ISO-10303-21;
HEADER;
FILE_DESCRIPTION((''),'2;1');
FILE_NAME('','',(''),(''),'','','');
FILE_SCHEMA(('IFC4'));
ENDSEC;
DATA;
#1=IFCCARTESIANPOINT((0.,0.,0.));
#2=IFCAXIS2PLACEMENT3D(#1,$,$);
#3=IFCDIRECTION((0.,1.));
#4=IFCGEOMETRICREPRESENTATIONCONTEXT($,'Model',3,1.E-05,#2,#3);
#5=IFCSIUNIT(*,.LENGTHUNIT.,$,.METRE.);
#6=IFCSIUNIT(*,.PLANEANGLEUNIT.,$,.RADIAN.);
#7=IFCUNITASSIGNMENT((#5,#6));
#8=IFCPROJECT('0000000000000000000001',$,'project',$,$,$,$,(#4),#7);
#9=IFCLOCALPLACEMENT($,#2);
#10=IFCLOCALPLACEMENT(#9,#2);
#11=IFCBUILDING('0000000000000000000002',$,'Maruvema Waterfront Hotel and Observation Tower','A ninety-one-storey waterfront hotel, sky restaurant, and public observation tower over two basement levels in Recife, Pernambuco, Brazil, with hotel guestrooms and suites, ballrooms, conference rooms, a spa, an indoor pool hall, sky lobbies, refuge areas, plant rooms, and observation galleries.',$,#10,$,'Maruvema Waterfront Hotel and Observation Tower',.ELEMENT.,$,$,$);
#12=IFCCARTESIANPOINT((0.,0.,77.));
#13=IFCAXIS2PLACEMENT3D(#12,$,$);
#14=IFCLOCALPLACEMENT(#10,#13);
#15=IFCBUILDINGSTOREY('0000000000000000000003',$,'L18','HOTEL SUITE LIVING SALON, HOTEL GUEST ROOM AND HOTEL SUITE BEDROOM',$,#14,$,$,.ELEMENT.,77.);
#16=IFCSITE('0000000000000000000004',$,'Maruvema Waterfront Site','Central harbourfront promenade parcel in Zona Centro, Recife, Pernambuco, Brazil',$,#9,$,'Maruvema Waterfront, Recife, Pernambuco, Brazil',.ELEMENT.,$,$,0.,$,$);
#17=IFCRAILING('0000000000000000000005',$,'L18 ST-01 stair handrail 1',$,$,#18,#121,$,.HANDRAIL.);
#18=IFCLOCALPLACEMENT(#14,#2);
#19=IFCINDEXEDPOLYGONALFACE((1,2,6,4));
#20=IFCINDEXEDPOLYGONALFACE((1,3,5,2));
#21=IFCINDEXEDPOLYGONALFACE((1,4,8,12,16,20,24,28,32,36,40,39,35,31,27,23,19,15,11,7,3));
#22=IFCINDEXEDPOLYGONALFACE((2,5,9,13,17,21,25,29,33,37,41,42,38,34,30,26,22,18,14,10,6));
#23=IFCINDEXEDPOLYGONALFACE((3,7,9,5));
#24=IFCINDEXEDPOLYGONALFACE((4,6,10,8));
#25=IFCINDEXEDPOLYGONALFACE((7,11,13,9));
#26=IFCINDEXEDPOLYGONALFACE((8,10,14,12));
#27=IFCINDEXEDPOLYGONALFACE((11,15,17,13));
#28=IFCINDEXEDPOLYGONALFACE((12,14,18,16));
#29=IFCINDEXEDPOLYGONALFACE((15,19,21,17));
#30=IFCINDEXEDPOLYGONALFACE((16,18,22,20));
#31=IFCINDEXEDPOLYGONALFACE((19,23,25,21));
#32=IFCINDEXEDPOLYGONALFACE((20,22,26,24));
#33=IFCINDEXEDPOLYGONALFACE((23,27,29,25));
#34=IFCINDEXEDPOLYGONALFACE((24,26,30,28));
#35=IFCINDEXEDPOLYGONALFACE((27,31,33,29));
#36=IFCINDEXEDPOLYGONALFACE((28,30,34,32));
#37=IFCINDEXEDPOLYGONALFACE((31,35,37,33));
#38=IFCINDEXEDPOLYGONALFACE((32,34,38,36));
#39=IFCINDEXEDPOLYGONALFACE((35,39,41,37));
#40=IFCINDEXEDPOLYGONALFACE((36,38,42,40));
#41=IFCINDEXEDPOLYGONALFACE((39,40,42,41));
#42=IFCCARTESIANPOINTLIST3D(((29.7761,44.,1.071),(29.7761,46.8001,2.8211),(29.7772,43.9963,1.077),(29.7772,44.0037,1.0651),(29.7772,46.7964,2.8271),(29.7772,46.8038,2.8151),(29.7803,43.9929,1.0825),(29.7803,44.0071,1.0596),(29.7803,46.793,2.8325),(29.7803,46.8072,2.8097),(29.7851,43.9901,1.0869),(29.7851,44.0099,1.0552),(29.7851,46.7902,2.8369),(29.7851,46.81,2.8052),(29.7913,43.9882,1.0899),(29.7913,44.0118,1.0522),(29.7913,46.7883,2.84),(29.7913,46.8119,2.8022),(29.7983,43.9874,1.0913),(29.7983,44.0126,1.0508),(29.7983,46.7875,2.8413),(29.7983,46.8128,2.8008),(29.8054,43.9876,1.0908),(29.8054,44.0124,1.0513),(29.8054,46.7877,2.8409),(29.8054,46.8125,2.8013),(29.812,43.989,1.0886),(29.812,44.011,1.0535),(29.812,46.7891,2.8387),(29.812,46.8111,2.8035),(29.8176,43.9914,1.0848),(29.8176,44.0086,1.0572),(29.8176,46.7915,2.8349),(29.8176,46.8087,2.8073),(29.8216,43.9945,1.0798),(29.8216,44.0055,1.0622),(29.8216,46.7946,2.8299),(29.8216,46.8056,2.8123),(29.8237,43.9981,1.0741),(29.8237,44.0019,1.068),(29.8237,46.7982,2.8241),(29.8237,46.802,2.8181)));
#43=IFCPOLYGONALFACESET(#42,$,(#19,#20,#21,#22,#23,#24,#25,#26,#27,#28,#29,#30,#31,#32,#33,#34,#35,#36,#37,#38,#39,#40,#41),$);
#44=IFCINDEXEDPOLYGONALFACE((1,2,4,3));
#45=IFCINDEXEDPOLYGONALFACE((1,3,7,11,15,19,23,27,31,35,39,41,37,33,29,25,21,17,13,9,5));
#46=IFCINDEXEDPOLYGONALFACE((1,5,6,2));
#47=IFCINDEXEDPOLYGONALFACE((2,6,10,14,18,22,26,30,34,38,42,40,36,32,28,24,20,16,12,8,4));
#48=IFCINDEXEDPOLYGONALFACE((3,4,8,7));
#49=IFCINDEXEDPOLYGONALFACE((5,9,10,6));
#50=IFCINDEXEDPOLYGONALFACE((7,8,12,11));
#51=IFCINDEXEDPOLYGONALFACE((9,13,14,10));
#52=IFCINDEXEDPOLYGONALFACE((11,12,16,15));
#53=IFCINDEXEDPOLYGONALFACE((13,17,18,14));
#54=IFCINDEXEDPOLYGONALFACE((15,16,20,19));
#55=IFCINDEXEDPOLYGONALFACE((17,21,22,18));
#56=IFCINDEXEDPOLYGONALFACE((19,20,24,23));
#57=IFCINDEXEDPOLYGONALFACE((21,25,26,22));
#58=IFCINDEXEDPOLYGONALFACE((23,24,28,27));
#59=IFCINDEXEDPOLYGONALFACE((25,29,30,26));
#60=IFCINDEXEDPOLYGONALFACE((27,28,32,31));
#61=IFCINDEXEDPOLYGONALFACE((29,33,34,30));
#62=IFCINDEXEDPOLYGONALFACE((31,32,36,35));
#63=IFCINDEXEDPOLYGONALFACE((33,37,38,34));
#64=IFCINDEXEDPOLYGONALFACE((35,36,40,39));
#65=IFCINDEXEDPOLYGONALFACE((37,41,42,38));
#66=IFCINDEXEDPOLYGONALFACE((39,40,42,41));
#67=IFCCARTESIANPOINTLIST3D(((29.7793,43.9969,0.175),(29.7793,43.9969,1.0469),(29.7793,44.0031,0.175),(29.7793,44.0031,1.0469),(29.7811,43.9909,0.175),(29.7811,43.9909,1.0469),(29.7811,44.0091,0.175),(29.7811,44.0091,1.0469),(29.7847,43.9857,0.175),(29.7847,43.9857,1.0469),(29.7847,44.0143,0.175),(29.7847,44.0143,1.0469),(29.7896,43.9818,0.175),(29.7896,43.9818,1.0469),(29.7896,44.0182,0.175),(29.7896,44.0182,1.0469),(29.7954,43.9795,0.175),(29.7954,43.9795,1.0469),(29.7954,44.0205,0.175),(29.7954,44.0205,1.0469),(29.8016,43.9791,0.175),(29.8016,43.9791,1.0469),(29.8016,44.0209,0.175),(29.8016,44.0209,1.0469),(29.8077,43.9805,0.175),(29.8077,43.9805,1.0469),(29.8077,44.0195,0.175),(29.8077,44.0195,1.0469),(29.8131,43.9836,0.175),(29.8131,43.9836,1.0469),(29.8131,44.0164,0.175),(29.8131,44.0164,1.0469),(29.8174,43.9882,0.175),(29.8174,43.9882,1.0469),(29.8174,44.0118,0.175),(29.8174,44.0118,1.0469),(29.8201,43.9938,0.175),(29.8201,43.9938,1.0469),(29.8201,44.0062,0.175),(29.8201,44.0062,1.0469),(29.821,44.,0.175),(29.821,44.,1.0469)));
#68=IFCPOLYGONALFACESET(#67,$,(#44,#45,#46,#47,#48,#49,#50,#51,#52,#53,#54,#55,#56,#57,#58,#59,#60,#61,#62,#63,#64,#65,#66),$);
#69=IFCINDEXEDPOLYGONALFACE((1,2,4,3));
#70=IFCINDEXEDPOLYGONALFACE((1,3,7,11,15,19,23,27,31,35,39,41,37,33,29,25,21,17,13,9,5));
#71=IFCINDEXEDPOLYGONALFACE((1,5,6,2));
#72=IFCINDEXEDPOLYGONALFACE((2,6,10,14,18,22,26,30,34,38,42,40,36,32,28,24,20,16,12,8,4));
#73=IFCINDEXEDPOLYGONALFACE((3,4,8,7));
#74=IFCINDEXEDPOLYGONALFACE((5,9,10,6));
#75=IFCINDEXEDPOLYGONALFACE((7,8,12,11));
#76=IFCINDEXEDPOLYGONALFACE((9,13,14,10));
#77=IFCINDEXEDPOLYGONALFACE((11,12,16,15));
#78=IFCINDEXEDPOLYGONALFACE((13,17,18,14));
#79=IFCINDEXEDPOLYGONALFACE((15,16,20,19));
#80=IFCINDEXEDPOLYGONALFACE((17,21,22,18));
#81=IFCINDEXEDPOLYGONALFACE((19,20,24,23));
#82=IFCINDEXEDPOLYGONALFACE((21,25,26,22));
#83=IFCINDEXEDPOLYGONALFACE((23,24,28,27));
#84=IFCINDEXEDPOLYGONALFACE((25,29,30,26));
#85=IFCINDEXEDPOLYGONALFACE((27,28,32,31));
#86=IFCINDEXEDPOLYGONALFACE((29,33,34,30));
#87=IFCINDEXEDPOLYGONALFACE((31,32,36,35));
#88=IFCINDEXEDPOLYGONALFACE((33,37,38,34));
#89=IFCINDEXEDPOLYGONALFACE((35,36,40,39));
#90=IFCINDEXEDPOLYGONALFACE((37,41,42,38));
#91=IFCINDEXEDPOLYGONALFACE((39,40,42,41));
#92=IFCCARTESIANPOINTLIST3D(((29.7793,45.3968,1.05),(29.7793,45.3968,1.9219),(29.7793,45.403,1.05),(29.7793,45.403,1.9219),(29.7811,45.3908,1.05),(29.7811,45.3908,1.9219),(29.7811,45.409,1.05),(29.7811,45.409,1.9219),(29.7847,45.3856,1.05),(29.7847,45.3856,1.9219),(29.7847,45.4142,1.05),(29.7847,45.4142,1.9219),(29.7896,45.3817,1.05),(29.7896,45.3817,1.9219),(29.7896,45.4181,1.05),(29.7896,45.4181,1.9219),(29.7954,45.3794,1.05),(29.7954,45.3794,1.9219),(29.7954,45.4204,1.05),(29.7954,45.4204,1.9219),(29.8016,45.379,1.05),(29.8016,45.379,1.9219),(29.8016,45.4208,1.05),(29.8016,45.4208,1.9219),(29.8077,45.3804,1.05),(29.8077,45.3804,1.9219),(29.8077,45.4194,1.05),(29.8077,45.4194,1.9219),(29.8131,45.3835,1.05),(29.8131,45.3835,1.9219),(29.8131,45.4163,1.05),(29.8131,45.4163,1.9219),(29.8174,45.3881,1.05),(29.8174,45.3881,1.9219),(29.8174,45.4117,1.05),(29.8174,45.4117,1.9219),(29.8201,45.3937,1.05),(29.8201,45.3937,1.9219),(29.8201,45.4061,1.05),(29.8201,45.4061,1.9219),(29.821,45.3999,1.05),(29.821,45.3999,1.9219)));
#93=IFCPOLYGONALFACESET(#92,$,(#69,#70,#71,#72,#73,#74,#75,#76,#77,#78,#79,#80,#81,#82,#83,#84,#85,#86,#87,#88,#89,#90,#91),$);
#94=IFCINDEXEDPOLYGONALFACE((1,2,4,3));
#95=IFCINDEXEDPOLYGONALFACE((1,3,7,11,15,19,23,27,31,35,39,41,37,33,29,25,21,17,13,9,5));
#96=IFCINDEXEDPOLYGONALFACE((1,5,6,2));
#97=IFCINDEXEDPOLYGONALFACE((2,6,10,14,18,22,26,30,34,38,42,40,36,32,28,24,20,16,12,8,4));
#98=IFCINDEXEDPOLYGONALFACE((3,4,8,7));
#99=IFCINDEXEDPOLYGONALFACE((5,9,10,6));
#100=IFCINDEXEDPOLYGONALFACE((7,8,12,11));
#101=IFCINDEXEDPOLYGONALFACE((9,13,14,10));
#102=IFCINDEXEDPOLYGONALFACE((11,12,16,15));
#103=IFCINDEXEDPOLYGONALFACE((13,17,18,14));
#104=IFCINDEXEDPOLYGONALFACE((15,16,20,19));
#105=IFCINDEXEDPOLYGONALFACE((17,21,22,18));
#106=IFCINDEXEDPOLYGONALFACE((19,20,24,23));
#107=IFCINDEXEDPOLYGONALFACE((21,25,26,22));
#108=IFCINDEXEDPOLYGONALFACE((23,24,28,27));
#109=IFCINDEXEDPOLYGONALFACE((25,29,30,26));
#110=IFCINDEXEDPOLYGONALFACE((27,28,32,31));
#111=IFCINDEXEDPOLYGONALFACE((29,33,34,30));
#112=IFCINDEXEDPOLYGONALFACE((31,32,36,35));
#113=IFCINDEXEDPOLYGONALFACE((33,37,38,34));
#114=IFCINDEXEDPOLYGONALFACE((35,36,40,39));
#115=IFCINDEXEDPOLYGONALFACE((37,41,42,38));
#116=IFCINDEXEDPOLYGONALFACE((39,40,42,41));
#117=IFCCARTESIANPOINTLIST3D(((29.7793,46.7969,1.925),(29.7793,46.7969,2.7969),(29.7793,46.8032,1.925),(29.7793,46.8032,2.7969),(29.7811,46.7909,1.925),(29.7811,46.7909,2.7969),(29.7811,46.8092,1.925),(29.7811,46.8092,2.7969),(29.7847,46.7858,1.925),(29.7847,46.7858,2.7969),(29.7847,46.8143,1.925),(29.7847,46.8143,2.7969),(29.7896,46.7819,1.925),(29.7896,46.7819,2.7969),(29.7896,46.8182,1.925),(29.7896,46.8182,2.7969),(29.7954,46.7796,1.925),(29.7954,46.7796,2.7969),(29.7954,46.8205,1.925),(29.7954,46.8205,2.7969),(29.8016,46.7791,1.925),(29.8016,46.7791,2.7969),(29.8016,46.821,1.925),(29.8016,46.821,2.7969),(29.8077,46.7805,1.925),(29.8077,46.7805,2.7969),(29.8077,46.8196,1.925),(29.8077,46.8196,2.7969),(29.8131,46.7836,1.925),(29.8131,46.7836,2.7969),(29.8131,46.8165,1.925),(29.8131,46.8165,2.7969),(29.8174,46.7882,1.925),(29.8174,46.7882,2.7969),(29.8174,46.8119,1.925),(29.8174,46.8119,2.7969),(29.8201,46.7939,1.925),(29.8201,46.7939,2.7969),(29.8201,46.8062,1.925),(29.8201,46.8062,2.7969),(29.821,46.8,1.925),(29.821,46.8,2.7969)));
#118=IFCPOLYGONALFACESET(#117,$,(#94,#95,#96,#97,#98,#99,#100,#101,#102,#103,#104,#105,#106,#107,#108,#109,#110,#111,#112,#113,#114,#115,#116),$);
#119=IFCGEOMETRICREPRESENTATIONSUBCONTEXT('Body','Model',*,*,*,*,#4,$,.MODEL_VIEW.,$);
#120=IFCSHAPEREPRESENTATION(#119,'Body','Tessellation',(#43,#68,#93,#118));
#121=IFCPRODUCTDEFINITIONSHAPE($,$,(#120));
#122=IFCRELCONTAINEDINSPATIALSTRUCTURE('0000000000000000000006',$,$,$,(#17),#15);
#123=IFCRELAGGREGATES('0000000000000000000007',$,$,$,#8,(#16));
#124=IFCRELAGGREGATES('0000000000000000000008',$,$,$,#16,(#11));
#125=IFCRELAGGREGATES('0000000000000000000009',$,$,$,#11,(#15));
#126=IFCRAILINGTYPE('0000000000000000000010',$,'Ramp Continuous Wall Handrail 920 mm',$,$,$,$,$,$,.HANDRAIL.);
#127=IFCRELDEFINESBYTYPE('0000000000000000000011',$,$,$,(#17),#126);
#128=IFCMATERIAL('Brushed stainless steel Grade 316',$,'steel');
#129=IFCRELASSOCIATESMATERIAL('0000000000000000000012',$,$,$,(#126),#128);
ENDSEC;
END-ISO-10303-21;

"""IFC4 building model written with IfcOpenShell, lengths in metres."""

from ifc_helpers import new_model, si_unit, direction, frame, origin, origin_2d, place, context, subcontext, project, spatial, circle, extrude, material, type_object, element, save


model = new_model("IFC4")

# Units and contexts
model_context = context("Model", 3, precision=1e-05, world=origin(), true_north=direction((0.0, 1.0)))
body_context = subcontext(model_context, "Body", "Model", "MODEL_VIEW")
ifc_project = project(units=[si_unit("LENGTHUNIT", "METRE"), si_unit("PLANEANGLEUNIT", "RADIAN")], contexts=[model_context])

# Site, building, storey
site_placement = place(None, origin())
site = spatial("IfcSite", under=ifc_project, at=site_placement, Name="Maruvema Waterfront Site", Description="Central harbourfront promenade parcel in Zona Centro, Recife, Pernambuco, Brazil", LongName="Maruvema Waterfront, Recife, Pernambuco, Brazil", CompositionType="ELEMENT", RefElevation=0.0)
building_placement = place(site_placement, origin())
building = spatial("IfcBuilding", under=site, at=building_placement, Name="Maruvema Waterfront Hotel and Observation Tower", Description="A ninety-one-storey waterfront hotel, sky restaurant, and public observation tower over two basement levels in Recife, Pernambuco, Brazil, with hotel guestrooms and suites, ballrooms, conference rooms, a spa, an indoor pool hall, sky lobbies, refuge areas, plant rooms, and observation galleries.", LongName="Maruvema Waterfront Hotel and Observation Tower", CompositionType="ELEMENT")
storey_placement = place(building_placement, frame((0.0, 0.0, 77.0)))
storey = spatial("IfcBuildingStorey", under=building, at=storey_placement, Name="L18", Description="HOTEL SUITE LIVING SALON, HOTEL GUEST ROOM AND HOTEL SUITE BEDROOM", CompositionType="ELEMENT", Elevation=77.0)

# Railing
ifc_material_1 = material(Name="Brushed stainless steel Grade 316", Category="steel")
railing_type_1 = type_object("IfcRailingType", Name="Ramp Continuous Wall Handrail 920 mm", PredefinedType="HANDRAIL", material=ifc_material_1)
railing_1_placement = place(storey_placement, frame((29.8, 44.0, 0.175)))
element("IfcRailing", 1, at=railing_1_placement, inside=storey, type_object=railing_type_1, Name="L18 ST-01 stair handrail 1", PredefinedType="HANDRAIL", context=body_context, shape_type="SweptSolid", body=[
    extrude(circle(Radius=0.0239, at=origin_2d()), frame((0.0, 0.0, 0.896), z_axis=(0.0, 0.848002, 0.529992), x_axis=(-1.0, 0.0, 0.0)), (0.0, 0.0, 1.0), 3.302),
    extrude(circle(Radius=0.021, at=origin_2d()), origin(), (0.0, 0.0, 1.0), 0.8718),
    extrude(circle(Radius=0.021, at=origin_2d()), frame((0.0, 1.3999, 0.875)), (0.0, 0.0, 1.0), 0.8718),
    extrude(circle(Radius=0.021, at=origin_2d()), frame((0.0, 2.8, 1.75)), (0.0, 0.0, 1.0), 0.8718),
])

save(model, "model.ifc")
